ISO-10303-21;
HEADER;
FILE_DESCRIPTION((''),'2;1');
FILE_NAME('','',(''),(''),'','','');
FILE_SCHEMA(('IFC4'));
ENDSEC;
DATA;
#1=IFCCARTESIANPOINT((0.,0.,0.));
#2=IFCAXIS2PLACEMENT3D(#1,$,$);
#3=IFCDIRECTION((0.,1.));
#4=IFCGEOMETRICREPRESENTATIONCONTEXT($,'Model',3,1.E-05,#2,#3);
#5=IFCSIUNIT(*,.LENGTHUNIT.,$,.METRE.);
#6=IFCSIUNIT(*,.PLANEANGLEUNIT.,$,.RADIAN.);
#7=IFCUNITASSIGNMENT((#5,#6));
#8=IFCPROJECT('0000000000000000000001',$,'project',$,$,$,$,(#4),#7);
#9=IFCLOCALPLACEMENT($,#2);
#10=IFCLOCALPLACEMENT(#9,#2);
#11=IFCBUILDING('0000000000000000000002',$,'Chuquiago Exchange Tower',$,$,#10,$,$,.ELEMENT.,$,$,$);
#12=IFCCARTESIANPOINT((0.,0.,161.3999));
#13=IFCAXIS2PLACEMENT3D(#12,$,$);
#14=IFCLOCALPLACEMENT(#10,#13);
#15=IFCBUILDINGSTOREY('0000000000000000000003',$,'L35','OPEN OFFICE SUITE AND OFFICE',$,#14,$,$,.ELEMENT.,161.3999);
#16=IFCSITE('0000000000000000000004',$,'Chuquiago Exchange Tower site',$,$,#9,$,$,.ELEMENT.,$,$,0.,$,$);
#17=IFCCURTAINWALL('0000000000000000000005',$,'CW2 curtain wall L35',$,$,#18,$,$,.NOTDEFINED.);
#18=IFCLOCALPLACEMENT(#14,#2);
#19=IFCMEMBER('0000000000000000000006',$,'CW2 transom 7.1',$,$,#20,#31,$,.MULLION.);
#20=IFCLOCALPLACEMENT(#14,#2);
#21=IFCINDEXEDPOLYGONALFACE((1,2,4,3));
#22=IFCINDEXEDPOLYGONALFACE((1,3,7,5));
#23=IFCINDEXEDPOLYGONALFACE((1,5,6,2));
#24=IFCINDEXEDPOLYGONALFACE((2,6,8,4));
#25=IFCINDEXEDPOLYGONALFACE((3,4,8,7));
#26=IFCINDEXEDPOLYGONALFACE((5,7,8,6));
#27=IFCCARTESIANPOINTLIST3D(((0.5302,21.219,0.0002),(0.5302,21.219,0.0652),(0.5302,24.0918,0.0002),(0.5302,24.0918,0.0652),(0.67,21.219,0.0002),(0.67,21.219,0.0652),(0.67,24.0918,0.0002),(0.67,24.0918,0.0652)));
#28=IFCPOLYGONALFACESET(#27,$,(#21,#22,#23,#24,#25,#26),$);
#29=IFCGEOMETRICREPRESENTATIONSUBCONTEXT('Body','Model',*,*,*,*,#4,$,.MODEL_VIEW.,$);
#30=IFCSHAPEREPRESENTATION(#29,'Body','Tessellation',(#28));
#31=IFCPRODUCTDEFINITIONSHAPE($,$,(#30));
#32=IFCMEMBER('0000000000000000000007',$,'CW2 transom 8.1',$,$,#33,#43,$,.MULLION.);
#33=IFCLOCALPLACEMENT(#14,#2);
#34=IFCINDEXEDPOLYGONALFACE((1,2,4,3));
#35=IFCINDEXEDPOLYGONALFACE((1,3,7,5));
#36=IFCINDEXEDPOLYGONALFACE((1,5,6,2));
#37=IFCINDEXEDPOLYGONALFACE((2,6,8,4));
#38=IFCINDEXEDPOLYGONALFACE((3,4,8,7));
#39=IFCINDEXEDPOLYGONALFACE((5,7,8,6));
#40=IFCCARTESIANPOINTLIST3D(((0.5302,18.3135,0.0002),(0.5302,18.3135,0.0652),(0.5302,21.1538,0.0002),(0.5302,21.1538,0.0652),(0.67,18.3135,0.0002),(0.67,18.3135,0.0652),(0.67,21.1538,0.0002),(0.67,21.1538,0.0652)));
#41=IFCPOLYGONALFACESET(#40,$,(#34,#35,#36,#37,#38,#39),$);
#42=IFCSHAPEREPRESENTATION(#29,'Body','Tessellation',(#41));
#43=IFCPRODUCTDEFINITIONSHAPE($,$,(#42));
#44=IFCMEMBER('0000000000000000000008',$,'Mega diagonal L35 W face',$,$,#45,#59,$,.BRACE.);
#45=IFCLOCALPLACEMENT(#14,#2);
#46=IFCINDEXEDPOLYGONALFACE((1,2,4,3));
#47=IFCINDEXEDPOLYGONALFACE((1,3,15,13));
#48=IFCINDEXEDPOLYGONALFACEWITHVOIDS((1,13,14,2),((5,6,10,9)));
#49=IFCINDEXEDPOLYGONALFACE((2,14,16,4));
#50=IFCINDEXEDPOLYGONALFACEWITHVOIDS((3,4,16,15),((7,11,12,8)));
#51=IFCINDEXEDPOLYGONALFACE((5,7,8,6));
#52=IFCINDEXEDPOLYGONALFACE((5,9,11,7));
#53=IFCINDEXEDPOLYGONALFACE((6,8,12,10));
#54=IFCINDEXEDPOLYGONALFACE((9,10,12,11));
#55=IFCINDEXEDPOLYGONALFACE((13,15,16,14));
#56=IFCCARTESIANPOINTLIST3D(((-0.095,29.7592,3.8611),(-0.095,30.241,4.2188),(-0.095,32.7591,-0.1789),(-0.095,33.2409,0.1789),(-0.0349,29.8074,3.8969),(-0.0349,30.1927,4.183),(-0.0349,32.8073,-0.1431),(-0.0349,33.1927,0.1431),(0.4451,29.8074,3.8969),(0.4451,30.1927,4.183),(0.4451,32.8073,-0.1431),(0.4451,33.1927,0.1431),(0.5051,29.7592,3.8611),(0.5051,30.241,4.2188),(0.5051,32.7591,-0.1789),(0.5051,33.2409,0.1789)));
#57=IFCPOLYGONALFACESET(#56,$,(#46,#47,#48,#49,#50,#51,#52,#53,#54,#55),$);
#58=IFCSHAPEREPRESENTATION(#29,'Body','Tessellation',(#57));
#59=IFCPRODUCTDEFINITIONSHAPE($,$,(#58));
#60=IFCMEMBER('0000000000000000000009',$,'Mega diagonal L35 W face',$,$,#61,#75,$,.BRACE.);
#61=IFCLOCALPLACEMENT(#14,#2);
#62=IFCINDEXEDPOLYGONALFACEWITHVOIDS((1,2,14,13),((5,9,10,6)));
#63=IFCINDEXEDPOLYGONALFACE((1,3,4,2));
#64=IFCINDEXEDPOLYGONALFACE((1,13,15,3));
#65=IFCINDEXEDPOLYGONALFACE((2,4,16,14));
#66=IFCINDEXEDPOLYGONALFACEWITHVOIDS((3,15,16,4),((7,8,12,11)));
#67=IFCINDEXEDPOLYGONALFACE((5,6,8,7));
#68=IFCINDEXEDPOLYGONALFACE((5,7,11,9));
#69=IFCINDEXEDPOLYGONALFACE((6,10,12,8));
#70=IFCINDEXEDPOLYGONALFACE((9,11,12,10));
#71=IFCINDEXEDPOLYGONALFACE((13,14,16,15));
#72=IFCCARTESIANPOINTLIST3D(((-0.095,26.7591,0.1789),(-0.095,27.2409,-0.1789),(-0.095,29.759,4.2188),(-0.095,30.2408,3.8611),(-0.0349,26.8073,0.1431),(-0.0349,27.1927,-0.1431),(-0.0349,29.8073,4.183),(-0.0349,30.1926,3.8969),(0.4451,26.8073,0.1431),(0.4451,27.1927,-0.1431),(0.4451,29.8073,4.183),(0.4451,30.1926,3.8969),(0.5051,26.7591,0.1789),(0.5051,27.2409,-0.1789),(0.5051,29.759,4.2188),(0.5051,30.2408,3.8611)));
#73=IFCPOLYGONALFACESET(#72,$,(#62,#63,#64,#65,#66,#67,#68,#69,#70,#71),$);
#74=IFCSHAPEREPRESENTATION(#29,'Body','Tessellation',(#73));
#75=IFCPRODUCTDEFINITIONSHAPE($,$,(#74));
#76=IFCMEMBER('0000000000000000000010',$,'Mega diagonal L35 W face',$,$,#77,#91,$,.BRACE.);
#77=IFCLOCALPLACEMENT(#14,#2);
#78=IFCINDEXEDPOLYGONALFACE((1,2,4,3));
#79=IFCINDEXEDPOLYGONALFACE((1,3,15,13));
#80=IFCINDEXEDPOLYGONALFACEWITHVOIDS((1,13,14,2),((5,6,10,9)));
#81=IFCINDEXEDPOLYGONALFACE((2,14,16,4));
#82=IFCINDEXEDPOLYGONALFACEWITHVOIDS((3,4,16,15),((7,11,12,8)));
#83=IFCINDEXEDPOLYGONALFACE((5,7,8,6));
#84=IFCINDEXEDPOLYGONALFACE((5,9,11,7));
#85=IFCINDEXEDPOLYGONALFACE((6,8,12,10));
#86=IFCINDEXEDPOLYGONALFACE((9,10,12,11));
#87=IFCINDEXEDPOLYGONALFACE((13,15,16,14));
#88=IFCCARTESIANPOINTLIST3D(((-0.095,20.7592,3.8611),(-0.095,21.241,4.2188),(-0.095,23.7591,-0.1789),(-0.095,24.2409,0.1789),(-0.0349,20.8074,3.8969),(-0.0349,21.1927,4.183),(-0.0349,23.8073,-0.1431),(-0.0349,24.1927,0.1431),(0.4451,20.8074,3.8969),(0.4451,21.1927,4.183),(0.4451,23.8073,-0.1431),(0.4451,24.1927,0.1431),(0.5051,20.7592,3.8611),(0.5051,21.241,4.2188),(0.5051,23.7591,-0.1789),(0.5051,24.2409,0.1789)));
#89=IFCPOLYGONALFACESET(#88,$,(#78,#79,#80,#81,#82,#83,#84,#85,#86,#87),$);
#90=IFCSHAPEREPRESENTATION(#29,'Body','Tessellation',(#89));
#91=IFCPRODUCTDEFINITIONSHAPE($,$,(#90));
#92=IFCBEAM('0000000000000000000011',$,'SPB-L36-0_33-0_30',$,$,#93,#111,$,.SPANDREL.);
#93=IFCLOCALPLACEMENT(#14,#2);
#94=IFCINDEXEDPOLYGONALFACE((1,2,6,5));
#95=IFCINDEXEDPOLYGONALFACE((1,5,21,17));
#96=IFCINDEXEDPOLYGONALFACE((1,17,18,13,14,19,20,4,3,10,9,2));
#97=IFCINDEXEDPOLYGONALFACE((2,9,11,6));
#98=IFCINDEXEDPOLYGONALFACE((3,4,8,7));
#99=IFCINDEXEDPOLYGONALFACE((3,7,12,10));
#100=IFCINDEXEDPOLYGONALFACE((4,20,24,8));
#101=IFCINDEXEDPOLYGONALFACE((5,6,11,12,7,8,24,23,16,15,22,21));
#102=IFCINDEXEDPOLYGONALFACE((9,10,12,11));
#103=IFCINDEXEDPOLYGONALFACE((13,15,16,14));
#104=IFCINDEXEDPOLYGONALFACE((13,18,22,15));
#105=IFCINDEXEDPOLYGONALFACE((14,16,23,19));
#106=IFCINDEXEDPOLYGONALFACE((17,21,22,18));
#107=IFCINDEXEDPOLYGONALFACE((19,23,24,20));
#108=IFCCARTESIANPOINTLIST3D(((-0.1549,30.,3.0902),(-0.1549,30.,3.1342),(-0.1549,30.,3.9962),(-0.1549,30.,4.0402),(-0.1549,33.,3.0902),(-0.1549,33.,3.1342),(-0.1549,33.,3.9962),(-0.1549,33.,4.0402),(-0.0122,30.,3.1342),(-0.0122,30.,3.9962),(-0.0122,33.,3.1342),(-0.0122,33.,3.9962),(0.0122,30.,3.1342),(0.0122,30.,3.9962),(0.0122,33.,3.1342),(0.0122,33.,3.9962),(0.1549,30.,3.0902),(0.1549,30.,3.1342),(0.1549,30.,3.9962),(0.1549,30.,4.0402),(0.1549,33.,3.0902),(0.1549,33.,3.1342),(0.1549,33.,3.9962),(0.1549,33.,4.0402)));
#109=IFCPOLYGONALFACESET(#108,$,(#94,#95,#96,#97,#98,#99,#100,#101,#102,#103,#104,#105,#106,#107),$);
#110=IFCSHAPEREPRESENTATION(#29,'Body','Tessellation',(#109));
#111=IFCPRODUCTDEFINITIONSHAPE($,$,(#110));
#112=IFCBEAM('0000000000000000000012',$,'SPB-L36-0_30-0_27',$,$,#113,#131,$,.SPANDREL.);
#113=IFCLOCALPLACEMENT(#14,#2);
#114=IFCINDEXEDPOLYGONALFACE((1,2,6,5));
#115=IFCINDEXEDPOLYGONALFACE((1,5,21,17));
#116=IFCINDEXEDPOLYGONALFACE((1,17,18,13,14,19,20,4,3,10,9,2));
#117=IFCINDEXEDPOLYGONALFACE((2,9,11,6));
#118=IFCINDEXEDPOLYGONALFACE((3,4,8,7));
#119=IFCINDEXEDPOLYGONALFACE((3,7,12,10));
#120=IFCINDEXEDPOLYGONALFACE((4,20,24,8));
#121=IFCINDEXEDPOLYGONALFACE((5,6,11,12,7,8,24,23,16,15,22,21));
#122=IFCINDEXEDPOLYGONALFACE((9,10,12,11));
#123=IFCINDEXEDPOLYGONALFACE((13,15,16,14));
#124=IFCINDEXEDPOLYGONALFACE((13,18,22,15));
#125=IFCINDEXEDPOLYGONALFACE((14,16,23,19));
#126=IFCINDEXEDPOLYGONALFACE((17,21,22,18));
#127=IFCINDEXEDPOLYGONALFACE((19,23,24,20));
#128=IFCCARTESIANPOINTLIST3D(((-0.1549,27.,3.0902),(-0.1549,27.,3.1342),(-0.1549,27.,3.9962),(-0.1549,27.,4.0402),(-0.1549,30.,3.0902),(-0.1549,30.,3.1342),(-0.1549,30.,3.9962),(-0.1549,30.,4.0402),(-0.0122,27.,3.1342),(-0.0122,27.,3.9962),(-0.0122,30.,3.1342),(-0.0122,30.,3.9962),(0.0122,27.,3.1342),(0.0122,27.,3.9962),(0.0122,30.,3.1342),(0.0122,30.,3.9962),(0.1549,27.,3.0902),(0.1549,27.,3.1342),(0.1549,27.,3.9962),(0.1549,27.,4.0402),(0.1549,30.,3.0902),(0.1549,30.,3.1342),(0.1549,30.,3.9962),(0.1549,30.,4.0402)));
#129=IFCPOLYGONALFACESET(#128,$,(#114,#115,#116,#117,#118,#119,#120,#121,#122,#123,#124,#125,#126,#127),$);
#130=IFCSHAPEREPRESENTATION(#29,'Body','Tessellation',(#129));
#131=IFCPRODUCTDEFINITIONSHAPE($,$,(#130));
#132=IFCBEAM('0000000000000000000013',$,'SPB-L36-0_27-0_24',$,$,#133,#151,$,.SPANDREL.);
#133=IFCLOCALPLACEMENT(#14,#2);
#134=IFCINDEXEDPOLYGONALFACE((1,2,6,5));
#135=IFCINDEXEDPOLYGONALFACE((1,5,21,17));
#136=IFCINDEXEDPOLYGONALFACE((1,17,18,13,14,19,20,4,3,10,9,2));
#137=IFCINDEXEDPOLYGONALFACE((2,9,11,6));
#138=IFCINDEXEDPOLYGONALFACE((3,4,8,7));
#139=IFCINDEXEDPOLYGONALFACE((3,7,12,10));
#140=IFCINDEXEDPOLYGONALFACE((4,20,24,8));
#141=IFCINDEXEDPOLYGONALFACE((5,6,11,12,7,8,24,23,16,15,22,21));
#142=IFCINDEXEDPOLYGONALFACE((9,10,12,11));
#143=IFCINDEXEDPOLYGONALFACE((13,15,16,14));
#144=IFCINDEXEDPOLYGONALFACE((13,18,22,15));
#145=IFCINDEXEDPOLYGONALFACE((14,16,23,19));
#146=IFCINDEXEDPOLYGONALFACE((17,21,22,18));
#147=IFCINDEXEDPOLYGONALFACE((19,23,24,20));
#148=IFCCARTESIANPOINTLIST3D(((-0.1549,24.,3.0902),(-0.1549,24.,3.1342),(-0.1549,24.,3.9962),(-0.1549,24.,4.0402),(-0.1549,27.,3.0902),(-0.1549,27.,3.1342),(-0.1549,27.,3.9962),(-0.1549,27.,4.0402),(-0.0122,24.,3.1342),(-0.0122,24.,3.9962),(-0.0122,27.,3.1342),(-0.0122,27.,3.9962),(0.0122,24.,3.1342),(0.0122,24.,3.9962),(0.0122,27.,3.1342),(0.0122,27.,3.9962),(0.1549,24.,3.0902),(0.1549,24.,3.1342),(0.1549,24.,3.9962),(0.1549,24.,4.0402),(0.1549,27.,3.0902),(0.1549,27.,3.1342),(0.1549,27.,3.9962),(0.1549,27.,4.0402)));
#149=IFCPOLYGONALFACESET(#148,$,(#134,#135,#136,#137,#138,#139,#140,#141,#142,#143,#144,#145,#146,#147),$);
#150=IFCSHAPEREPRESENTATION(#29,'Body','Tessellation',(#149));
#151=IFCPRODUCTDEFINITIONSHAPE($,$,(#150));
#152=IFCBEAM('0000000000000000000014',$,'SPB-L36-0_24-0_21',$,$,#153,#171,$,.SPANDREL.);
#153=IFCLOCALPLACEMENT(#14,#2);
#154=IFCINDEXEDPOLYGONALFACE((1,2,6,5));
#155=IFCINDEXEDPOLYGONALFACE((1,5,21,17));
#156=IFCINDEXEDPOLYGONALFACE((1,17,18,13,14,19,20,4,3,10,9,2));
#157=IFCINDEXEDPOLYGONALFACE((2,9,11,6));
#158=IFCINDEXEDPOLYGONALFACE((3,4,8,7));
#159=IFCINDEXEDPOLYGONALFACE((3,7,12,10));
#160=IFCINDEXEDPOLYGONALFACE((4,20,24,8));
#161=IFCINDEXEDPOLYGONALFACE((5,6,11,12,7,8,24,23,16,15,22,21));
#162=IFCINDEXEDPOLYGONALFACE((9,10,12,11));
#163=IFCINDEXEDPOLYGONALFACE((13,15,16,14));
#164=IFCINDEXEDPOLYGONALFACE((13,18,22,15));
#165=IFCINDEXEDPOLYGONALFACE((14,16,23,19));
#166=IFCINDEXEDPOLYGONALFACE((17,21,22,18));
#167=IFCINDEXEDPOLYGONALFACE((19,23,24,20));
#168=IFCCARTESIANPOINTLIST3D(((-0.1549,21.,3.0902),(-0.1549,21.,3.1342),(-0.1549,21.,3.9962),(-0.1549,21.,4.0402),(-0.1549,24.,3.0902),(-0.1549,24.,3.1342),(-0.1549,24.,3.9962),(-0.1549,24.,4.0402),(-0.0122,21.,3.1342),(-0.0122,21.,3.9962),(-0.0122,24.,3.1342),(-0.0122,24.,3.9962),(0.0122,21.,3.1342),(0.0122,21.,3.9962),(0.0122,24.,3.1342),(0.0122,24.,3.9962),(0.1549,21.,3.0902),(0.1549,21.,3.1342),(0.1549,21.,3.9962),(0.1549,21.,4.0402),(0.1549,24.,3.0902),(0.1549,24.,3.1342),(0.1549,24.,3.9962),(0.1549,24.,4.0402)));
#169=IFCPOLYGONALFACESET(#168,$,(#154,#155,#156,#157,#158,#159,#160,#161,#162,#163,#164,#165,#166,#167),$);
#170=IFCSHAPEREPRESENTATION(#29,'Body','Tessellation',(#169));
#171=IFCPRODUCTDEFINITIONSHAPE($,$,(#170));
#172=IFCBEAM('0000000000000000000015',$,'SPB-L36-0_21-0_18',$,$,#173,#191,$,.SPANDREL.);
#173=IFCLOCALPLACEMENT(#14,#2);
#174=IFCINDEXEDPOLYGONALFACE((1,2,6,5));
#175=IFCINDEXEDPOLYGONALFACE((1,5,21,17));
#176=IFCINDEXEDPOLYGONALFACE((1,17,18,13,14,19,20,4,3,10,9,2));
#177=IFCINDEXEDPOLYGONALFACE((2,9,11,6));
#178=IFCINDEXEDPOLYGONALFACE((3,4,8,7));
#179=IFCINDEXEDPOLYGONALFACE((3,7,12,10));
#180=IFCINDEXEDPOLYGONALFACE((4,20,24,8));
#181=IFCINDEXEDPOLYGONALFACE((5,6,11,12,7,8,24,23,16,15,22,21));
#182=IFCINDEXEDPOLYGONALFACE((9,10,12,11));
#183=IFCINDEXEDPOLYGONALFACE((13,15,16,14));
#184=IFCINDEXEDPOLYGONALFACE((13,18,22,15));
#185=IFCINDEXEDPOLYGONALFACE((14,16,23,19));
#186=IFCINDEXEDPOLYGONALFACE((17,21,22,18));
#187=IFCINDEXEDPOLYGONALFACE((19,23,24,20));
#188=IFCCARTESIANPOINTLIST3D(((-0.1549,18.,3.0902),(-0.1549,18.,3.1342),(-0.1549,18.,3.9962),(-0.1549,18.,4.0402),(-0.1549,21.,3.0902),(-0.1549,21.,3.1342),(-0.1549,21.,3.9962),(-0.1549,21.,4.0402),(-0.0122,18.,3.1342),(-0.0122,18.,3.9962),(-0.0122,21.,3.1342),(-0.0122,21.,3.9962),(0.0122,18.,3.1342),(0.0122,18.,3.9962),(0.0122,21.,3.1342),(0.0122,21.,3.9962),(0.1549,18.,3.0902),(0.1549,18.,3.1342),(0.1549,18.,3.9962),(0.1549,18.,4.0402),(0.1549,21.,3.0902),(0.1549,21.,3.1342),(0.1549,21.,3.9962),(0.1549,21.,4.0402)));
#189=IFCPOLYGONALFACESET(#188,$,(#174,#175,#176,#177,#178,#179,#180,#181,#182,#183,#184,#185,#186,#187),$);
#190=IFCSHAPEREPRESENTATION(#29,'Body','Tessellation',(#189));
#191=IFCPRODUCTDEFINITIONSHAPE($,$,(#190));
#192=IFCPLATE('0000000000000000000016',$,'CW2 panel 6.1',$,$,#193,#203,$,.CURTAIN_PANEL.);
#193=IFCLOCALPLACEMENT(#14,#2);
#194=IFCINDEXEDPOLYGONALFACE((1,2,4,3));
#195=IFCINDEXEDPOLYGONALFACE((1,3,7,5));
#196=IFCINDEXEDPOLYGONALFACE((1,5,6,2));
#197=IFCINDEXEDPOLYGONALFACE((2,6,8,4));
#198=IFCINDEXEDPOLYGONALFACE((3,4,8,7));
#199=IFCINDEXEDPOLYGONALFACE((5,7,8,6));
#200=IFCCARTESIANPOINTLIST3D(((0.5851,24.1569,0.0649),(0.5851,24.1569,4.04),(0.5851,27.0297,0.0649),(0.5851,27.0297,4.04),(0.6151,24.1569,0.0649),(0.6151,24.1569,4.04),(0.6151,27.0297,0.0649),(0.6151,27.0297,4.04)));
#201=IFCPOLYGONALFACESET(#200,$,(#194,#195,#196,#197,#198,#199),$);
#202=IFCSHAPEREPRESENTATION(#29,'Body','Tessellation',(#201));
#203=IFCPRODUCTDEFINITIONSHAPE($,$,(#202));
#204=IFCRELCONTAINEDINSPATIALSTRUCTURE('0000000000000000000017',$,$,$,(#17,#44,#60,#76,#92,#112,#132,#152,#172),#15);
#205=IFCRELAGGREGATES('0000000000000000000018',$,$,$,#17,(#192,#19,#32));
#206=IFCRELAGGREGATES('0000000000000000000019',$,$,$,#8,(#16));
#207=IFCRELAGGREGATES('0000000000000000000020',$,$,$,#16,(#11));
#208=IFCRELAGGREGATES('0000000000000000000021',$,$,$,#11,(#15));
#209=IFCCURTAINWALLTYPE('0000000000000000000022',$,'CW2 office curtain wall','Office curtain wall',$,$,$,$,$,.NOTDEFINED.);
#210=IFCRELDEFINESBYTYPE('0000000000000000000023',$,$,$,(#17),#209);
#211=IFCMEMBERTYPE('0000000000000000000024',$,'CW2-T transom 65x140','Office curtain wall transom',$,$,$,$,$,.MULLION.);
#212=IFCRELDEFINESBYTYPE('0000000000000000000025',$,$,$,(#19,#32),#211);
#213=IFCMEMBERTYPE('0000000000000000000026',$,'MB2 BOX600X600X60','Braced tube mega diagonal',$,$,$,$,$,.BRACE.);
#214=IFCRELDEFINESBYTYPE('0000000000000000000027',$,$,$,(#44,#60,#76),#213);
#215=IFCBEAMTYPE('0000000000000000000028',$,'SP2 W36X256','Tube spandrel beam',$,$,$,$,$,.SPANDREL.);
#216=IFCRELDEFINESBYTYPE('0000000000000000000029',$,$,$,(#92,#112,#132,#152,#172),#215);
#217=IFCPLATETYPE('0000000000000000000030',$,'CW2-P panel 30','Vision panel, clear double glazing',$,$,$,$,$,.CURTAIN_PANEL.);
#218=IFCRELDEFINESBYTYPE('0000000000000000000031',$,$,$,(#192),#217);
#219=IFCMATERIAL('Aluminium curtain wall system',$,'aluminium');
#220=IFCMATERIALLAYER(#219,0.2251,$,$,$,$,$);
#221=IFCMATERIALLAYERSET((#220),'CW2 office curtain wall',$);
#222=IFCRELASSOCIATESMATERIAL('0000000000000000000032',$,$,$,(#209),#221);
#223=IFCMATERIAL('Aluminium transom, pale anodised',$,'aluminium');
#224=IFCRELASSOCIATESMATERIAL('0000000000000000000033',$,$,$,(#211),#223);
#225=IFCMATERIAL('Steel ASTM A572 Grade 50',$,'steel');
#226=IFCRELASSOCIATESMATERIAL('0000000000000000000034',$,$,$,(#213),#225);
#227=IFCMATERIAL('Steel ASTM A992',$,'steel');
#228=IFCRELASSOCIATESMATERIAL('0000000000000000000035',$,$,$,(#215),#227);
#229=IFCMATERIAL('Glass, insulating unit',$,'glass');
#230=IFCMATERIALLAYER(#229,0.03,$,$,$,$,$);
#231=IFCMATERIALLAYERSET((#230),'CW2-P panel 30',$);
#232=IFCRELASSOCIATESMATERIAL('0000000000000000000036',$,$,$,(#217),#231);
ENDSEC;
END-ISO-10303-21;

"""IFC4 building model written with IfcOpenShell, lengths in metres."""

from ifc_helpers import new_model, si_unit, direction, frame, origin, origin_2d, place, context, subcontext, project, spatial, rectangle, hollow_rectangle, i_section, extrude, material, layer, layer_set, material_profile, profile_set, type_object, element, aggregate, save


model = new_model("IFC4")

# Units and contexts
model_context = context("Model", 3, precision=1e-05, world=origin(), true_north=direction((0.0, 1.0)))
body_context = subcontext(model_context, "Body", "Model", "MODEL_VIEW")
ifc_project = project(units=[si_unit("LENGTHUNIT", "METRE"), si_unit("PLANEANGLEUNIT", "RADIAN")], contexts=[model_context])

# Site, building, storey
site_placement = place(None, origin())
site = spatial("IfcSite", under=ifc_project, at=site_placement, Name="Chuquiago Exchange Tower site", CompositionType="ELEMENT", RefElevation=0.0)
building_placement = place(site_placement, origin())
building = spatial("IfcBuilding", under=site, at=building_placement, Name="Chuquiago Exchange Tower", CompositionType="ELEMENT")
storey_placement = place(building_placement, frame((0.0, 0.0, 161.3999)))
storey = spatial("IfcBuildingStorey", under=building, at=storey_placement, Name="L35", Description="OPEN OFFICE SUITE AND OFFICE", CompositionType="ELEMENT", Elevation=161.3999)

# Curtain wall, members
ifc_material_1 = material(Name="Aluminium curtain wall system", Category="aluminium")
ifc_layer_1 = layer(ifc_material_1, 0.2251)
ifc_layer_set_1 = layer_set([ifc_layer_1], Name="CW2 office curtain wall")
curtain_wall_type = type_object("IfcCurtainWallType", Name="CW2 office curtain wall", Description="Office curtain wall", PredefinedType="NOTDEFINED", material=ifc_layer_set_1)
curtain_wall_placement = place(storey_placement, origin())
curtain_wall = element("IfcCurtainWall", 1, at=curtain_wall_placement, inside=storey, type_object=curtain_wall_type, Name="CW2 curtain wall L35", PredefinedType="NOTDEFINED")
ifc_material_2 = material(Name="Aluminium transom, pale anodised", Category="aluminium")
ifc_material_profile_1 = material_profile(ifc_material_2, rectangle(XDim=0.1399, YDim=0.0649, at=origin_2d()), Name="AL 140x65")
ifc_profile_set_1 = profile_set([ifc_material_profile_1], Name="Aluminium transom, pale anodised")
member_type_1 = type_object("IfcMemberType", Name="CW2-T transom 65x140", Description="Office curtain wall transom", PredefinedType="MULLION", material=ifc_profile_set_1)
member_1_placement = place(storey_placement, frame((0.6001, 24.0918, 0.0327), z_axis=(0.0, -1.0, 0.0), x_axis=(1.0, 0.0, 0.0)))
member_1 = element("IfcMember", 2, at=member_1_placement, type_object=member_type_1, Name="CW2 transom 7.1", PredefinedType="MULLION", context=body_context, shape_type="SweptSolid", body=[
    extrude(rectangle(XDim=0.1399, YDim=0.0649, at=origin_2d()), origin(), (0.0, 0.0, 1.0), 2.8728),
])
member_2_placement = place(storey_placement, frame((0.6001, 21.1538, 0.0327), z_axis=(0.0, -1.0, 0.0), x_axis=(1.0, 0.0, 0.0)))
member_2 = element("IfcMember", 3, at=member_2_placement, type_object=member_type_1, Name="CW2 transom 8.1", PredefinedType="MULLION", context=body_context, shape_type="SweptSolid", body=[
    extrude(rectangle(XDim=0.1399, YDim=0.0649, at=origin_2d()), origin(), (0.0, 0.0, 1.0), 2.8403),
])

# Members
ifc_material_3 = material(Name="Steel ASTM A572 Grade 50", Category="steel")
ifc_material_profile_2 = material_profile(ifc_material_3, hollow_rectangle(XDim=0.6001, YDim=0.6001, WallThickness=0.0601, at=origin_2d()), Name="BOX600X600X60")
ifc_profile_set_2 = profile_set([ifc_material_profile_2], Name="Steel ASTM A572 Grade 50")
member_type_2 = type_object("IfcMemberType", Name="MB2 BOX600X600X60", Description="Braced tube mega diagonal", PredefinedType="BRACE", material=ifc_profile_set_2)
for number, where, z_axis, x_axis, name in (
    (4, (0.2051, 33.0, 0.0), (0.0, -0.596174, 0.802855), (1.0, 0.0, 0.0), "Mega diagonal L35 W face"),
    (5, (0.2051, 27.0, 0.0), (0.0, 0.596174, 0.802855), (-1.0, 0.0, 0.0), "Mega diagonal L35 W face"),
    (6, (0.2051, 24.0, 0.0), (0.0, -0.596174, 0.802855), (1.0, 0.0, 0.0), "Mega diagonal L35 W face"),
):
    element("IfcMember", number, at=place(storey_placement, frame(where, z_axis=z_axis, x_axis=x_axis)), inside=storey, type_object=member_type_2, Name=name, PredefinedType="BRACE", context=body_context, shape_type="SweptSolid", body=[
        extrude(hollow_rectangle(XDim=0.6001, YDim=0.6001, WallThickness=0.0601, at=origin_2d()), origin(), (0.0, 0.0, 1.0), 5.032),
    ])

# Beams
ifc_material_4 = material(Name="Steel ASTM A992", Category="steel")
ifc_material_profile_3 = material_profile(ifc_material_4, i_section(OverallWidth=0.3098, OverallDepth=0.95, WebThickness=0.0244, FlangeThickness=0.0439, at=origin_2d()), Name="W36X256")
ifc_profile_set_3 = profile_set([ifc_material_profile_3], Name="Steel ASTM A992")
beam_type = type_object("IfcBeamType", Name="SP2 W36X256", Description="Tube spandrel beam", PredefinedType="SPANDREL", material=ifc_profile_set_3)
for number, where, z_axis, x_axis, name in (
    (7, (0.0, 33.0, 3.5652), (0.0, -1.0, 0.0), (1.0, 0.0, 0.0), "SPB-L36-0_33-0_30"),
    (8, (0.0, 30.0, 3.5652), (0.0, -1.0, 0.0), (1.0, 0.0, 0.0), "SPB-L36-0_30-0_27"),
    (9, (0.0, 27.0, 3.5652), (0.0, -1.0, 0.0), (1.0, 0.0, 0.0), "SPB-L36-0_27-0_24"),
    (10, (0.0, 24.0, 3.5652), (0.0, -1.0, 0.0), (1.0, 0.0, 0.0), "SPB-L36-0_24-0_21"),
    (11, (0.0, 21.0, 3.5652), (0.0, -1.0, 0.0), (1.0, 0.0, 0.0), "SPB-L36-0_21-0_18"),
):
    element("IfcBeam", number, at=place(storey_placement, frame(where, z_axis=z_axis, x_axis=x_axis)), inside=storey, type_object=beam_type, Name=name, PredefinedType="SPANDREL", context=body_context, shape_type="SweptSolid", body=[
        extrude(i_section(OverallWidth=0.3098, OverallDepth=0.95, WebThickness=0.0244, FlangeThickness=0.0439, at=origin_2d()), origin(), (0.0, 0.0, 1.0), 3.0),
    ])

# Plate
ifc_material_5 = material(Name="Glass, insulating unit", Category="glass")
ifc_layer_2 = layer(ifc_material_5, 0.03)
ifc_layer_set_2 = layer_set([ifc_layer_2], Name="CW2-P panel 30")
plate_type_1 = type_object("IfcPlateType", Name="CW2-P panel 30", Description="Vision panel, clear double glazing", PredefinedType="CURTAIN_PANEL", material=ifc_layer_set_2)
plate_1_placement = place(storey_placement, frame((0.6001, 25.5933, 0.0649), z_axis=(0.0, 0.0, 1.0), x_axis=(0.0, -1.0, 0.0)))
plate_1 = element("IfcPlate", 12, at=plate_1_placement, type_object=plate_type_1, Name="CW2 panel 6.1", PredefinedType="CURTAIN_PANEL", context=body_context, shape_type="SweptSolid", body=[
    extrude(rectangle(XDim=2.8728, YDim=0.03, at=origin_2d()), origin(), (0.0, 0.0, 1.0), 3.9751),
])
aggregate(curtain_wall, [plate_1, member_1, member_2])

save(model, "model.ifc")
